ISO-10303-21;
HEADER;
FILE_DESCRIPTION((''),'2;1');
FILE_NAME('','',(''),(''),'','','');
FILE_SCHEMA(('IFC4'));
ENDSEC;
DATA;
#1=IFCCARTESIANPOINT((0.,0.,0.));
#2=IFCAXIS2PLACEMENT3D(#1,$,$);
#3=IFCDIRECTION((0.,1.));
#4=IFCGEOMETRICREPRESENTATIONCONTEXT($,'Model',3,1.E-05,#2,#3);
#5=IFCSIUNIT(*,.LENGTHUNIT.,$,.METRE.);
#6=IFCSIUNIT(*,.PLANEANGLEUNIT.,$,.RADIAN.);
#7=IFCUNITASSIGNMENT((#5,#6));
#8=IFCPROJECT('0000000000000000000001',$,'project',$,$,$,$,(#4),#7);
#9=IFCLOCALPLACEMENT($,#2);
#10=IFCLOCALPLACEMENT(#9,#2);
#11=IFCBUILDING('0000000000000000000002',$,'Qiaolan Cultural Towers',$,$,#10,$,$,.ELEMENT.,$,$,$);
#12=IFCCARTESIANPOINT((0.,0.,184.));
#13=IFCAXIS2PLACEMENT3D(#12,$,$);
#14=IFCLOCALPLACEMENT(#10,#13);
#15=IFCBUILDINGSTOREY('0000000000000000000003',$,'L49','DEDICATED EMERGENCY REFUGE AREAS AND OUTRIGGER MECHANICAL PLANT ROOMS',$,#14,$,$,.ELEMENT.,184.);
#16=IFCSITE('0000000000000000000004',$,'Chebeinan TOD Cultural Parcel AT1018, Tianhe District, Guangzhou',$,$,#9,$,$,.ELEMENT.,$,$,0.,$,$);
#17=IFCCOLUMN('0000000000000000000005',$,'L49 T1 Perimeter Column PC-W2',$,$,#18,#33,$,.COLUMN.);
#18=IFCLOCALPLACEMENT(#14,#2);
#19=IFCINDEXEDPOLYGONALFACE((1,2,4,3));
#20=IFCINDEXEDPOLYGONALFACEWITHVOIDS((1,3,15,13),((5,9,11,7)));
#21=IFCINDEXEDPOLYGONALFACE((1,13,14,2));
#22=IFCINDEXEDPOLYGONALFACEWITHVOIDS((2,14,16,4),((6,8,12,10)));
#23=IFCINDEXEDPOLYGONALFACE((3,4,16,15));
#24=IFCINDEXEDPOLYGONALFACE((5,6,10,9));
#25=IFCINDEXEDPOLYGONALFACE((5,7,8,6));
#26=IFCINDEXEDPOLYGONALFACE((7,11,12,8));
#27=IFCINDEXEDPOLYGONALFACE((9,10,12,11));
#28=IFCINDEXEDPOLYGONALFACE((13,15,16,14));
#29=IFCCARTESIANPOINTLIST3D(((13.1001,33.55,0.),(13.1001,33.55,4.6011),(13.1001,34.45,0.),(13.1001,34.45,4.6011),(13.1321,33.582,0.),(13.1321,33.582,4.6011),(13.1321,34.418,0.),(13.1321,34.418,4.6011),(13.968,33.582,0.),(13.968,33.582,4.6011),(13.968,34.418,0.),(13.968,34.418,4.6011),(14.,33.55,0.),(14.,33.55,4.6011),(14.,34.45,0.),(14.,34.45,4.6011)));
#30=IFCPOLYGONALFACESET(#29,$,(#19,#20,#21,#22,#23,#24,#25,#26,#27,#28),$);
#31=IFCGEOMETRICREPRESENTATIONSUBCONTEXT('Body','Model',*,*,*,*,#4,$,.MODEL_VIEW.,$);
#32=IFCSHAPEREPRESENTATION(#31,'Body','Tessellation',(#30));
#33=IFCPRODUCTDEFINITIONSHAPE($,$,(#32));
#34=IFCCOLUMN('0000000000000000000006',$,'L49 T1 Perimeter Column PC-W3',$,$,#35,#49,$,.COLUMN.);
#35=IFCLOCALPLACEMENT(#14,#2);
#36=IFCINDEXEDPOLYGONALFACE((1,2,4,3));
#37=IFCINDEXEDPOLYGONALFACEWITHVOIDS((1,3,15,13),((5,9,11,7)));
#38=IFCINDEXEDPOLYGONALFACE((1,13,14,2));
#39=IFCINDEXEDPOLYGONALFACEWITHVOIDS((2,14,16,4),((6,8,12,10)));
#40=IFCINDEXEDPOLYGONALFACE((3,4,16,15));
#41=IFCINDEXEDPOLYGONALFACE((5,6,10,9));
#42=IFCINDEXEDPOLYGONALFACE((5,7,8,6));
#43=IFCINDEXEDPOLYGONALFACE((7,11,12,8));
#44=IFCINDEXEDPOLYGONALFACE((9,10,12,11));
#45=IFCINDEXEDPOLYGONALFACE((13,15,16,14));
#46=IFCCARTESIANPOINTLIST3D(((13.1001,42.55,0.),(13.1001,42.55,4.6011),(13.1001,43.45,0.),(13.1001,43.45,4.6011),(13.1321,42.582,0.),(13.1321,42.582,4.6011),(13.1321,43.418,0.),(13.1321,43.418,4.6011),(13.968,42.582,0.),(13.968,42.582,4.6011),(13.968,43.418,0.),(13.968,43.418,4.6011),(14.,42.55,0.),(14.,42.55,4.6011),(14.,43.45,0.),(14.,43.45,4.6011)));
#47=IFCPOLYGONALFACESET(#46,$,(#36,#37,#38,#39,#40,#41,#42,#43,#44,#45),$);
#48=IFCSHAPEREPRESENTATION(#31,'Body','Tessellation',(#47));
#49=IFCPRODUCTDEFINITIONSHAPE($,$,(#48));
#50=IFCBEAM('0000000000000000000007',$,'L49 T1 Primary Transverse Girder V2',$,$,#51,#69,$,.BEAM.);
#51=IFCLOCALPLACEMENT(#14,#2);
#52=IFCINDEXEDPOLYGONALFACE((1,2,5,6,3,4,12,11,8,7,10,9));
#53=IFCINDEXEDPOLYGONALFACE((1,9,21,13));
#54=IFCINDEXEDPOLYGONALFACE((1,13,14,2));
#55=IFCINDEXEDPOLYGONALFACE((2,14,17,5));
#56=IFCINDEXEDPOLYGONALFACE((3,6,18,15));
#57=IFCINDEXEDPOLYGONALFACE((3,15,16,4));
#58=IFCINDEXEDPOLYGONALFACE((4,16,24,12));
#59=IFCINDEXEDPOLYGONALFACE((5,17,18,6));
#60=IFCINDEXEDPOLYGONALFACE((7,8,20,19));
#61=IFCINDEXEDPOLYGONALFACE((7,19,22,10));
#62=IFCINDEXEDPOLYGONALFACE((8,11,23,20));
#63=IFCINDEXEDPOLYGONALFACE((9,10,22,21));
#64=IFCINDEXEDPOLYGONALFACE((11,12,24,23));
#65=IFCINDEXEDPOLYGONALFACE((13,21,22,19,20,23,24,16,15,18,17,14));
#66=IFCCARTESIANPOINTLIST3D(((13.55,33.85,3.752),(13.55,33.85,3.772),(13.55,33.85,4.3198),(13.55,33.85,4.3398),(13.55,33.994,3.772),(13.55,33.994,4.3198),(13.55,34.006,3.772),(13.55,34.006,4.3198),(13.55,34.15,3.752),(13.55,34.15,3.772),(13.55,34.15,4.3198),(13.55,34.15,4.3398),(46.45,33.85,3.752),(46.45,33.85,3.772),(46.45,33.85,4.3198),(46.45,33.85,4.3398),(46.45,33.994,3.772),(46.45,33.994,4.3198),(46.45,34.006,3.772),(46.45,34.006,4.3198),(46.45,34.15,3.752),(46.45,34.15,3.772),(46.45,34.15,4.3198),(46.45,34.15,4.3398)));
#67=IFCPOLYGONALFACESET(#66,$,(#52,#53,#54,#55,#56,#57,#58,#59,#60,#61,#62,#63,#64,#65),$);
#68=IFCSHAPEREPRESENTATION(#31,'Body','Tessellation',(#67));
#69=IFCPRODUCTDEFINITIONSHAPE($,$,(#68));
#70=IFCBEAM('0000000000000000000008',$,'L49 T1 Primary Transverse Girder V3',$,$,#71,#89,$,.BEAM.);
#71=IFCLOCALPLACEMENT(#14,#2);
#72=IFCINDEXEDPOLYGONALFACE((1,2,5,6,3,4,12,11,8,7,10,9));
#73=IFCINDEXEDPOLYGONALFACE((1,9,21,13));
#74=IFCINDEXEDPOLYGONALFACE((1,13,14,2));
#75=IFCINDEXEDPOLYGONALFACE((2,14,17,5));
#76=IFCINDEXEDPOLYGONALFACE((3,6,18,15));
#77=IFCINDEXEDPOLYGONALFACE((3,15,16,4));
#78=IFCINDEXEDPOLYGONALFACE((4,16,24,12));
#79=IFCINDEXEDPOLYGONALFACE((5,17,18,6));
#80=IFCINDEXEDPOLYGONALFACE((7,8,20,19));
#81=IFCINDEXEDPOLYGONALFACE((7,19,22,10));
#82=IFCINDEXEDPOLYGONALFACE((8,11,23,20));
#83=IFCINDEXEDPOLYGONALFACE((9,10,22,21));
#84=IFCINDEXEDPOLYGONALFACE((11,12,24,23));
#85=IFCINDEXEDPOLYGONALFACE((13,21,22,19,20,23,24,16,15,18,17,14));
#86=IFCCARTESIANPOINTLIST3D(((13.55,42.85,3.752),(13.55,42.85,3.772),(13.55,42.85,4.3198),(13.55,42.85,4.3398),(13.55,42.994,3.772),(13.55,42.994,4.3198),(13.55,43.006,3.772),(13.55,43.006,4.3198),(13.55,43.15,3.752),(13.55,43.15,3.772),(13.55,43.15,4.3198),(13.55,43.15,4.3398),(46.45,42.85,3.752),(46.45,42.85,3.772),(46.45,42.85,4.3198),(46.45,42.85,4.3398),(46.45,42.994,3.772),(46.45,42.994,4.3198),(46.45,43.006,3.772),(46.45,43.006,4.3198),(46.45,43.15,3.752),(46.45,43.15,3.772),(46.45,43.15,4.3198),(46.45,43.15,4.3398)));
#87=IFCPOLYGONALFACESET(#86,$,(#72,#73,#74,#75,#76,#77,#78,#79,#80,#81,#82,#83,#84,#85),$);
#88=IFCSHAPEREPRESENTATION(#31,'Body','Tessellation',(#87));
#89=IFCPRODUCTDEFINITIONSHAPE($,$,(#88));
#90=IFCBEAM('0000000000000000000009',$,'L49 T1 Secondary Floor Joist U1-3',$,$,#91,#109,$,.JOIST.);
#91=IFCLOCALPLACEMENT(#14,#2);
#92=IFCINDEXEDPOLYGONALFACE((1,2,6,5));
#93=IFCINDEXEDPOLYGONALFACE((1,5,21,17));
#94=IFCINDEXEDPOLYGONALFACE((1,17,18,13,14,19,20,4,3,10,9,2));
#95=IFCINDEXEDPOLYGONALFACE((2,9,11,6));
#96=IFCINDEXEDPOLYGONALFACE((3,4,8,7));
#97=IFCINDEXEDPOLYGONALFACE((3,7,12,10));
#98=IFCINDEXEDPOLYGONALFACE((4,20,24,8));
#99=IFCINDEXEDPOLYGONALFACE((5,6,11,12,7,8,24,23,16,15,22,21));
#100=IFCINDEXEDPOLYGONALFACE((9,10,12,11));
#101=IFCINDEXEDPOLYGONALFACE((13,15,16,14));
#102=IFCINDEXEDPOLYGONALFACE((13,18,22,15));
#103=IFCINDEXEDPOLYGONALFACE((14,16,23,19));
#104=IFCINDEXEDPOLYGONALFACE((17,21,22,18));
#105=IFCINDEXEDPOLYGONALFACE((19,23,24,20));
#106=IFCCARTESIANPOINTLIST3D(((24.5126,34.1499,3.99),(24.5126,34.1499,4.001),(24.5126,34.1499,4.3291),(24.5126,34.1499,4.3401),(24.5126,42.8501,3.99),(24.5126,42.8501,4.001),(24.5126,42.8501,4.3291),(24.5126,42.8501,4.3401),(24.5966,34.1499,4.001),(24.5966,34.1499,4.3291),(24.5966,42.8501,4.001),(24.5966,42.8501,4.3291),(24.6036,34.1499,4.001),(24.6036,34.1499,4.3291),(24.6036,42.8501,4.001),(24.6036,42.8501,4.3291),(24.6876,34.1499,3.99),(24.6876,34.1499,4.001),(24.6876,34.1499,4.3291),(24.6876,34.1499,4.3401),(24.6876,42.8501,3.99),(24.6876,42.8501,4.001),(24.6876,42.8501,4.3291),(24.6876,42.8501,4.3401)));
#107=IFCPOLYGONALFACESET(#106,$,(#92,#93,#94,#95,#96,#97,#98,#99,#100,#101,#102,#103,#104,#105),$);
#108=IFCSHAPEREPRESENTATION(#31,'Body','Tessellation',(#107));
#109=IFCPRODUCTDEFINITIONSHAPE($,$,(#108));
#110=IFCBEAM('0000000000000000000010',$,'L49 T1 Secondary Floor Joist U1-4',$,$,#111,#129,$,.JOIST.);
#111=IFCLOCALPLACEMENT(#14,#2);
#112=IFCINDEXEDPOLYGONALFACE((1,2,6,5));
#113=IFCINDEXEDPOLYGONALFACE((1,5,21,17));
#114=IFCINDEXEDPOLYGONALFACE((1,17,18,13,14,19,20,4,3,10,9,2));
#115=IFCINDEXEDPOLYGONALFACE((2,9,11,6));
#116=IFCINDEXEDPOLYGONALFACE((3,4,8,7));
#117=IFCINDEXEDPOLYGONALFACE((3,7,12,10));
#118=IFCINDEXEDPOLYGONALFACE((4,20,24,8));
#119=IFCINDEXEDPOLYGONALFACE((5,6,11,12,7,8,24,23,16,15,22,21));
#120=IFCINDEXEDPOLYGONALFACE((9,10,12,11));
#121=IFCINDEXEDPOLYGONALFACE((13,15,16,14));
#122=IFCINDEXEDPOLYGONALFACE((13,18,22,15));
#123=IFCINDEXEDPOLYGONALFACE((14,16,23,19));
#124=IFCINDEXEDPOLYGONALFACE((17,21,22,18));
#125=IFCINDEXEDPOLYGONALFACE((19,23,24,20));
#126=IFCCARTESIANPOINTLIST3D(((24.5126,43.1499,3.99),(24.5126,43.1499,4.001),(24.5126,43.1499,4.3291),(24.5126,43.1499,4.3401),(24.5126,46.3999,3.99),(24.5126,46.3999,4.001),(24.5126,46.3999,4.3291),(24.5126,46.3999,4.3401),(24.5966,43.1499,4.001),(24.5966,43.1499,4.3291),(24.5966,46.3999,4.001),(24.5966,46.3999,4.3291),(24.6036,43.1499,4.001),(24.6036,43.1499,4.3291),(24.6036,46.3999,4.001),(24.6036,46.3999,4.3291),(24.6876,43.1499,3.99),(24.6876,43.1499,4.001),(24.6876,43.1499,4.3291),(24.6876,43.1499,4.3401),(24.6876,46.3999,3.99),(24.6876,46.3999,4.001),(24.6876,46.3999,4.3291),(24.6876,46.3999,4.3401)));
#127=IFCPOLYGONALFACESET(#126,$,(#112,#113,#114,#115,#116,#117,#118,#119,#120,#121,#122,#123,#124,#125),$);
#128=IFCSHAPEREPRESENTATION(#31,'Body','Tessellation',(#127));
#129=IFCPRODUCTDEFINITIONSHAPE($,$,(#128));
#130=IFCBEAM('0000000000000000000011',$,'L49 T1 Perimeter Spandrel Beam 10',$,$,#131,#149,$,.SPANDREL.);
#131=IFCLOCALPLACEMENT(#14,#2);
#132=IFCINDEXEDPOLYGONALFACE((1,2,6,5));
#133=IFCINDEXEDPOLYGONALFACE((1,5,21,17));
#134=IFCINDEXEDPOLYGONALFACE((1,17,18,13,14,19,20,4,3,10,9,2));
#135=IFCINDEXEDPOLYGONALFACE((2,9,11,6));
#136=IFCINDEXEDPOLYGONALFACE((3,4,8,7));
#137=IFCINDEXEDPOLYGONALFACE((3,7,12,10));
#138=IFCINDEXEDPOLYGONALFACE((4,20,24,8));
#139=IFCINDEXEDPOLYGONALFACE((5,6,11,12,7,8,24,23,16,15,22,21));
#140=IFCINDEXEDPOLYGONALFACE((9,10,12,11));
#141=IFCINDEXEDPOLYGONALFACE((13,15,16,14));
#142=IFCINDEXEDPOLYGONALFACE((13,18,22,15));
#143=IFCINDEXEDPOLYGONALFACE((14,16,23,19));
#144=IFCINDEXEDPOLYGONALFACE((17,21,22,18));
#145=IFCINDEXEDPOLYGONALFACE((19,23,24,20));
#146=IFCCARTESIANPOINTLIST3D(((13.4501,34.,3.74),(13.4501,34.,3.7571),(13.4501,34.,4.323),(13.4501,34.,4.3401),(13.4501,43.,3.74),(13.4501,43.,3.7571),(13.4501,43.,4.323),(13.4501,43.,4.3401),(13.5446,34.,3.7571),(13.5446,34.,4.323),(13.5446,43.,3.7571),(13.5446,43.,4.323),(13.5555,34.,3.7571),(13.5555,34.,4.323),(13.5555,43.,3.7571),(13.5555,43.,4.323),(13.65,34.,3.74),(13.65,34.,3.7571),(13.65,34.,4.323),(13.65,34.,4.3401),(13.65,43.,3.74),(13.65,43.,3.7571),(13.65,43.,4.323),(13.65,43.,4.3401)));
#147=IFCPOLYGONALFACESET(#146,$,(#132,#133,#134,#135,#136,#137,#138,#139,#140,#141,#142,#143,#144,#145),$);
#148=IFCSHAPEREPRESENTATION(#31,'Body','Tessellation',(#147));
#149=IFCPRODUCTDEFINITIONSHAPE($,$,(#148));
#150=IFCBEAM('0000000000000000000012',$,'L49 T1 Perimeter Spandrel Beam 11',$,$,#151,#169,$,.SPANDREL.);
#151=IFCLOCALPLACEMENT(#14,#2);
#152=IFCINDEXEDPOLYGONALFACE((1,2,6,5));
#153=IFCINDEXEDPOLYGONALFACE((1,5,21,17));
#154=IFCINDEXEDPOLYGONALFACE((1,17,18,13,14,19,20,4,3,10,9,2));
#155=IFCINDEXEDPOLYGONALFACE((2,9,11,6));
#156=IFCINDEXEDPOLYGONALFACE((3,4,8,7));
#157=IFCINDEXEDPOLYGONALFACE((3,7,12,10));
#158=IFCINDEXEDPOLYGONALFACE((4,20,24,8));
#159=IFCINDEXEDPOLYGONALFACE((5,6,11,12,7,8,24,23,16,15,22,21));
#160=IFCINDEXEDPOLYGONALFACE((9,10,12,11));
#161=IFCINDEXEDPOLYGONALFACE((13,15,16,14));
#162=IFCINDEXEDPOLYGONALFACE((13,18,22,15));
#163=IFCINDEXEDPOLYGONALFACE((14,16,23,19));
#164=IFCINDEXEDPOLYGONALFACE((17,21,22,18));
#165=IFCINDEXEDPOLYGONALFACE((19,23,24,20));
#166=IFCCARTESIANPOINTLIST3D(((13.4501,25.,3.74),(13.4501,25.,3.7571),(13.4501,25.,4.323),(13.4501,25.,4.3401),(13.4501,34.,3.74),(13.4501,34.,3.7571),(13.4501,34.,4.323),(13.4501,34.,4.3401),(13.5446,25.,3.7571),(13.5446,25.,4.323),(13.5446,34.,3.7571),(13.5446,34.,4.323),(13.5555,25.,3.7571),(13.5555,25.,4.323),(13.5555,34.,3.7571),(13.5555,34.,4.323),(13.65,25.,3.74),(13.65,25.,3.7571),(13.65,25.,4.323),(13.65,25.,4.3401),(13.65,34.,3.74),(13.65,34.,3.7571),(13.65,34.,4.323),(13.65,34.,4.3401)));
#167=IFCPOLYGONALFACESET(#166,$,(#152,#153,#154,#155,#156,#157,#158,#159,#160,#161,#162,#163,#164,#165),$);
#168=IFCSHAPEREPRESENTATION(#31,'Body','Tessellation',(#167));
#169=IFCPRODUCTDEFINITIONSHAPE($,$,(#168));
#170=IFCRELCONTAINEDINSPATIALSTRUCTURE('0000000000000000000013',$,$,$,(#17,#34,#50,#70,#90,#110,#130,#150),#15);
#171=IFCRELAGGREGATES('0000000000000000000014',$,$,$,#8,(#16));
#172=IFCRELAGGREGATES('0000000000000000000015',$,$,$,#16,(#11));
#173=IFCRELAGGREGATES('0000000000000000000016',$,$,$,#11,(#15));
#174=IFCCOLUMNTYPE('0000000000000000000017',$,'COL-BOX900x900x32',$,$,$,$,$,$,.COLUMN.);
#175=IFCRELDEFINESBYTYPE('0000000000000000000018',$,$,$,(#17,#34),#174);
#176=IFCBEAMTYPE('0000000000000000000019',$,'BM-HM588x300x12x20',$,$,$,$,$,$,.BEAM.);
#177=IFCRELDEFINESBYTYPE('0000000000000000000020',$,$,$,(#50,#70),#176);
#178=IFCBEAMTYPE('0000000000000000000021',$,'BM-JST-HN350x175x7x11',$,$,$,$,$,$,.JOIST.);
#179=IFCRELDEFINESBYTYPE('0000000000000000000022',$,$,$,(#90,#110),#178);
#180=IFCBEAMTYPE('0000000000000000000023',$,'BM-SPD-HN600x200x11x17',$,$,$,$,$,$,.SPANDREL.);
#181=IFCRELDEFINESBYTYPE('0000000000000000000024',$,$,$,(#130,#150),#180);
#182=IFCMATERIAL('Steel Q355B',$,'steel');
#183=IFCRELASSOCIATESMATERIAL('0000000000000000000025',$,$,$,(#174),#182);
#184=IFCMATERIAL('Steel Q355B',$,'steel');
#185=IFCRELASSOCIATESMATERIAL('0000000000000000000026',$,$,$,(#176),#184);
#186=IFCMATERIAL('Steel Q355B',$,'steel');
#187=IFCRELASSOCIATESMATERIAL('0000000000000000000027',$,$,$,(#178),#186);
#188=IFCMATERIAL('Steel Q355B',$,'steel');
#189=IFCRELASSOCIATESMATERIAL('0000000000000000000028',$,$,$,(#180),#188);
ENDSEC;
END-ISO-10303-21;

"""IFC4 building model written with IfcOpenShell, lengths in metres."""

from ifc_helpers import new_model, si_unit, direction, frame, origin, origin_2d, place, context, subcontext, project, spatial, hollow_rectangle, i_section, extrude, material, material_profile, profile_set, type_object, element, save


model = new_model("IFC4")

# Units and contexts
model_context = context("Model", 3, precision=1e-05, world=origin(), true_north=direction((0.0, 1.0)))
body_context = subcontext(model_context, "Body", "Model", "MODEL_VIEW")
ifc_project = project(units=[si_unit("LENGTHUNIT", "METRE"), si_unit("PLANEANGLEUNIT", "RADIAN")], contexts=[model_context])

# Site, building, storey
site_placement = place(None, origin())
site = spatial("IfcSite", under=ifc_project, at=site_placement, Name="Chebeinan TOD Cultural Parcel AT1018, Tianhe District, Guangzhou", CompositionType="ELEMENT", RefElevation=0.0)
building_placement = place(site_placement, origin())
building = spatial("IfcBuilding", under=site, at=building_placement, Name="Qiaolan Cultural Towers", CompositionType="ELEMENT")
storey_placement = place(building_placement, frame((0.0, 0.0, 184.0)))
storey = spatial("IfcBuildingStorey", under=building, at=storey_placement, Name="L49", Description="DEDICATED EMERGENCY REFUGE AREAS AND OUTRIGGER MECHANICAL PLANT ROOMS", CompositionType="ELEMENT", Elevation=184.0)

# Columns
ifc_material_1 = material(Name="Steel Q355B", Category="steel")
ifc_material_profile_1 = material_profile(ifc_material_1, hollow_rectangle(XDim=0.8999, YDim=0.8999, WallThickness=0.032, at=origin_2d()), Name="BOX900x900x32")
ifc_profile_set_1 = profile_set([ifc_material_profile_1], Name="Steel Q355B")
column_type = type_object("IfcColumnType", Name="COL-BOX900x900x32", PredefinedType="COLUMN", material=ifc_profile_set_1)
for number, where, z_axis, x_axis, name in (
    (1, (13.55, 34.0, 0.0), (0.0, 0.0, 1.0), (1.0, 0.0, 0.0), "L49 T1 Perimeter Column PC-W2"),
    (2, (13.55, 43.0, 0.0), (0.0, 0.0, 1.0), (1.0, 0.0, 0.0), "L49 T1 Perimeter Column PC-W3"),
):
    element("IfcColumn", number, at=place(storey_placement, frame(where, z_axis=z_axis, x_axis=x_axis)), inside=storey, type_object=column_type, Name=name, PredefinedType="COLUMN", context=body_context, shape_type="SweptSolid", body=[
        extrude(hollow_rectangle(XDim=0.8999, YDim=0.8999, WallThickness=0.032, at=origin_2d()), origin(), (0.0, 0.0, 1.0), 4.6011),
    ])

# Beams
ifc_material_2 = material(Name="Steel Q355B", Category="steel")
ifc_material_profile_2 = material_profile(ifc_material_2, i_section(OverallWidth=0.3, OverallDepth=0.5879, WebThickness=0.012, FlangeThickness=0.02, at=origin_2d()), Name="HM588x300x12x20")
ifc_profile_set_2 = profile_set([ifc_material_profile_2], Name="Steel Q355B")
beam_type_1 = type_object("IfcBeamType", Name="BM-HM588x300x12x20", PredefinedType="BEAM", material=ifc_profile_set_2)
for number, where, z_axis, x_axis, name in (
    (3, (13.55, 34.0, 4.0459), (1.0, 0.0, 0.0), (0.0, 1.0, 0.0), "L49 T1 Primary Transverse Girder V2"),
    (4, (13.55, 43.0, 4.0459), (1.0, 0.0, 0.0), (0.0, 1.0, 0.0), "L49 T1 Primary Transverse Girder V3"),
):
    element("IfcBeam", number, at=place(storey_placement, frame(where, z_axis=z_axis, x_axis=x_axis)), inside=storey, type_object=beam_type_1, Name=name, PredefinedType="BEAM", context=body_context, shape_type="SweptSolid", body=[
        extrude(i_section(OverallWidth=0.3, OverallDepth=0.5879, WebThickness=0.012, FlangeThickness=0.02, at=origin_2d()), origin(), (0.0, 0.0, 1.0), 32.8999),
    ])
ifc_material_3 = material(Name="Steel Q355B", Category="steel")
ifc_material_profile_3 = material_profile(ifc_material_3, i_section(OverallWidth=0.175, OverallDepth=0.3501, WebThickness=0.0071, FlangeThickness=0.011, at=origin_2d()), Name="HN350x175x7x11")
ifc_profile_set_3 = profile_set([ifc_material_profile_3], Name="Steel Q355B")
beam_type_2 = type_object("IfcBeamType", Name="BM-JST-HN350x175x7x11", PredefinedType="JOIST", material=ifc_profile_set_3)
beam_1_placement = place(storey_placement, frame((24.6001, 34.1499, 4.165), z_axis=(0.0, 1.0, 0.0), x_axis=(-1.0, 0.0, 0.0)))
element("IfcBeam", 5, at=beam_1_placement, inside=storey, type_object=beam_type_2, Name="L49 T1 Secondary Floor Joist U1-3", PredefinedType="JOIST", context=body_context, shape_type="SweptSolid", body=[
    extrude(i_section(OverallWidth=0.175, OverallDepth=0.3501, WebThickness=0.0071, FlangeThickness=0.011, at=origin_2d()), origin(), (0.0, 0.0, 1.0), 8.7002),
])
beam_2_placement = place(storey_placement, frame((24.6001, 43.1499, 4.165), z_axis=(0.0, 1.0, 0.0), x_axis=(-1.0, 0.0, 0.0)))
element("IfcBeam", 6, at=beam_2_placement, inside=storey, type_object=beam_type_2, Name="L49 T1 Secondary Floor Joist U1-4", PredefinedType="JOIST", context=body_context, shape_type="SweptSolid", body=[
    extrude(i_section(OverallWidth=0.175, OverallDepth=0.3501, WebThickness=0.0071, FlangeThickness=0.011, at=origin_2d()), origin(), (0.0, 0.0, 1.0), 3.25),
])
ifc_material_4 = material(Name="Steel Q355B", Category="steel")
ifc_material_profile_4 = material_profile(ifc_material_4, i_section(OverallWidth=0.2, OverallDepth=0.6001, WebThickness=0.011, FlangeThickness=0.0171, at=origin_2d()), Name="HN600x200x11x17")
ifc_profile_set_4 = profile_set([ifc_material_profile_4], Name="Steel Q355B")
beam_type_3 = type_object("IfcBeamType", Name="BM-SPD-HN600x200x11x17", PredefinedType="SPANDREL", material=ifc_profile_set_4)
for number, where, z_axis, x_axis, name in (
    (7, (13.55, 43.0, 4.04), (0.0, -1.0, 0.0), (1.0, 0.0, 0.0), "L49 T1 Perimeter Spandrel Beam 10"),
    (8, (13.55, 34.0, 4.04), (0.0, -1.0, 0.0), (1.0, 0.0, 0.0), "L49 T1 Perimeter Spandrel Beam 11"),
):
    element("IfcBeam", number, at=place(storey_placement, frame(where, z_axis=z_axis, x_axis=x_axis)), inside=storey, type_object=beam_type_3, Name=name, PredefinedType="SPANDREL", context=body_context, shape_type="SweptSolid", body=[
        extrude(i_section(OverallWidth=0.2, OverallDepth=0.6001, WebThickness=0.011, FlangeThickness=0.0171, at=origin_2d()), origin(), (0.0, 0.0, 1.0), 9.0),
    ])

save(model, "model.ifc")
